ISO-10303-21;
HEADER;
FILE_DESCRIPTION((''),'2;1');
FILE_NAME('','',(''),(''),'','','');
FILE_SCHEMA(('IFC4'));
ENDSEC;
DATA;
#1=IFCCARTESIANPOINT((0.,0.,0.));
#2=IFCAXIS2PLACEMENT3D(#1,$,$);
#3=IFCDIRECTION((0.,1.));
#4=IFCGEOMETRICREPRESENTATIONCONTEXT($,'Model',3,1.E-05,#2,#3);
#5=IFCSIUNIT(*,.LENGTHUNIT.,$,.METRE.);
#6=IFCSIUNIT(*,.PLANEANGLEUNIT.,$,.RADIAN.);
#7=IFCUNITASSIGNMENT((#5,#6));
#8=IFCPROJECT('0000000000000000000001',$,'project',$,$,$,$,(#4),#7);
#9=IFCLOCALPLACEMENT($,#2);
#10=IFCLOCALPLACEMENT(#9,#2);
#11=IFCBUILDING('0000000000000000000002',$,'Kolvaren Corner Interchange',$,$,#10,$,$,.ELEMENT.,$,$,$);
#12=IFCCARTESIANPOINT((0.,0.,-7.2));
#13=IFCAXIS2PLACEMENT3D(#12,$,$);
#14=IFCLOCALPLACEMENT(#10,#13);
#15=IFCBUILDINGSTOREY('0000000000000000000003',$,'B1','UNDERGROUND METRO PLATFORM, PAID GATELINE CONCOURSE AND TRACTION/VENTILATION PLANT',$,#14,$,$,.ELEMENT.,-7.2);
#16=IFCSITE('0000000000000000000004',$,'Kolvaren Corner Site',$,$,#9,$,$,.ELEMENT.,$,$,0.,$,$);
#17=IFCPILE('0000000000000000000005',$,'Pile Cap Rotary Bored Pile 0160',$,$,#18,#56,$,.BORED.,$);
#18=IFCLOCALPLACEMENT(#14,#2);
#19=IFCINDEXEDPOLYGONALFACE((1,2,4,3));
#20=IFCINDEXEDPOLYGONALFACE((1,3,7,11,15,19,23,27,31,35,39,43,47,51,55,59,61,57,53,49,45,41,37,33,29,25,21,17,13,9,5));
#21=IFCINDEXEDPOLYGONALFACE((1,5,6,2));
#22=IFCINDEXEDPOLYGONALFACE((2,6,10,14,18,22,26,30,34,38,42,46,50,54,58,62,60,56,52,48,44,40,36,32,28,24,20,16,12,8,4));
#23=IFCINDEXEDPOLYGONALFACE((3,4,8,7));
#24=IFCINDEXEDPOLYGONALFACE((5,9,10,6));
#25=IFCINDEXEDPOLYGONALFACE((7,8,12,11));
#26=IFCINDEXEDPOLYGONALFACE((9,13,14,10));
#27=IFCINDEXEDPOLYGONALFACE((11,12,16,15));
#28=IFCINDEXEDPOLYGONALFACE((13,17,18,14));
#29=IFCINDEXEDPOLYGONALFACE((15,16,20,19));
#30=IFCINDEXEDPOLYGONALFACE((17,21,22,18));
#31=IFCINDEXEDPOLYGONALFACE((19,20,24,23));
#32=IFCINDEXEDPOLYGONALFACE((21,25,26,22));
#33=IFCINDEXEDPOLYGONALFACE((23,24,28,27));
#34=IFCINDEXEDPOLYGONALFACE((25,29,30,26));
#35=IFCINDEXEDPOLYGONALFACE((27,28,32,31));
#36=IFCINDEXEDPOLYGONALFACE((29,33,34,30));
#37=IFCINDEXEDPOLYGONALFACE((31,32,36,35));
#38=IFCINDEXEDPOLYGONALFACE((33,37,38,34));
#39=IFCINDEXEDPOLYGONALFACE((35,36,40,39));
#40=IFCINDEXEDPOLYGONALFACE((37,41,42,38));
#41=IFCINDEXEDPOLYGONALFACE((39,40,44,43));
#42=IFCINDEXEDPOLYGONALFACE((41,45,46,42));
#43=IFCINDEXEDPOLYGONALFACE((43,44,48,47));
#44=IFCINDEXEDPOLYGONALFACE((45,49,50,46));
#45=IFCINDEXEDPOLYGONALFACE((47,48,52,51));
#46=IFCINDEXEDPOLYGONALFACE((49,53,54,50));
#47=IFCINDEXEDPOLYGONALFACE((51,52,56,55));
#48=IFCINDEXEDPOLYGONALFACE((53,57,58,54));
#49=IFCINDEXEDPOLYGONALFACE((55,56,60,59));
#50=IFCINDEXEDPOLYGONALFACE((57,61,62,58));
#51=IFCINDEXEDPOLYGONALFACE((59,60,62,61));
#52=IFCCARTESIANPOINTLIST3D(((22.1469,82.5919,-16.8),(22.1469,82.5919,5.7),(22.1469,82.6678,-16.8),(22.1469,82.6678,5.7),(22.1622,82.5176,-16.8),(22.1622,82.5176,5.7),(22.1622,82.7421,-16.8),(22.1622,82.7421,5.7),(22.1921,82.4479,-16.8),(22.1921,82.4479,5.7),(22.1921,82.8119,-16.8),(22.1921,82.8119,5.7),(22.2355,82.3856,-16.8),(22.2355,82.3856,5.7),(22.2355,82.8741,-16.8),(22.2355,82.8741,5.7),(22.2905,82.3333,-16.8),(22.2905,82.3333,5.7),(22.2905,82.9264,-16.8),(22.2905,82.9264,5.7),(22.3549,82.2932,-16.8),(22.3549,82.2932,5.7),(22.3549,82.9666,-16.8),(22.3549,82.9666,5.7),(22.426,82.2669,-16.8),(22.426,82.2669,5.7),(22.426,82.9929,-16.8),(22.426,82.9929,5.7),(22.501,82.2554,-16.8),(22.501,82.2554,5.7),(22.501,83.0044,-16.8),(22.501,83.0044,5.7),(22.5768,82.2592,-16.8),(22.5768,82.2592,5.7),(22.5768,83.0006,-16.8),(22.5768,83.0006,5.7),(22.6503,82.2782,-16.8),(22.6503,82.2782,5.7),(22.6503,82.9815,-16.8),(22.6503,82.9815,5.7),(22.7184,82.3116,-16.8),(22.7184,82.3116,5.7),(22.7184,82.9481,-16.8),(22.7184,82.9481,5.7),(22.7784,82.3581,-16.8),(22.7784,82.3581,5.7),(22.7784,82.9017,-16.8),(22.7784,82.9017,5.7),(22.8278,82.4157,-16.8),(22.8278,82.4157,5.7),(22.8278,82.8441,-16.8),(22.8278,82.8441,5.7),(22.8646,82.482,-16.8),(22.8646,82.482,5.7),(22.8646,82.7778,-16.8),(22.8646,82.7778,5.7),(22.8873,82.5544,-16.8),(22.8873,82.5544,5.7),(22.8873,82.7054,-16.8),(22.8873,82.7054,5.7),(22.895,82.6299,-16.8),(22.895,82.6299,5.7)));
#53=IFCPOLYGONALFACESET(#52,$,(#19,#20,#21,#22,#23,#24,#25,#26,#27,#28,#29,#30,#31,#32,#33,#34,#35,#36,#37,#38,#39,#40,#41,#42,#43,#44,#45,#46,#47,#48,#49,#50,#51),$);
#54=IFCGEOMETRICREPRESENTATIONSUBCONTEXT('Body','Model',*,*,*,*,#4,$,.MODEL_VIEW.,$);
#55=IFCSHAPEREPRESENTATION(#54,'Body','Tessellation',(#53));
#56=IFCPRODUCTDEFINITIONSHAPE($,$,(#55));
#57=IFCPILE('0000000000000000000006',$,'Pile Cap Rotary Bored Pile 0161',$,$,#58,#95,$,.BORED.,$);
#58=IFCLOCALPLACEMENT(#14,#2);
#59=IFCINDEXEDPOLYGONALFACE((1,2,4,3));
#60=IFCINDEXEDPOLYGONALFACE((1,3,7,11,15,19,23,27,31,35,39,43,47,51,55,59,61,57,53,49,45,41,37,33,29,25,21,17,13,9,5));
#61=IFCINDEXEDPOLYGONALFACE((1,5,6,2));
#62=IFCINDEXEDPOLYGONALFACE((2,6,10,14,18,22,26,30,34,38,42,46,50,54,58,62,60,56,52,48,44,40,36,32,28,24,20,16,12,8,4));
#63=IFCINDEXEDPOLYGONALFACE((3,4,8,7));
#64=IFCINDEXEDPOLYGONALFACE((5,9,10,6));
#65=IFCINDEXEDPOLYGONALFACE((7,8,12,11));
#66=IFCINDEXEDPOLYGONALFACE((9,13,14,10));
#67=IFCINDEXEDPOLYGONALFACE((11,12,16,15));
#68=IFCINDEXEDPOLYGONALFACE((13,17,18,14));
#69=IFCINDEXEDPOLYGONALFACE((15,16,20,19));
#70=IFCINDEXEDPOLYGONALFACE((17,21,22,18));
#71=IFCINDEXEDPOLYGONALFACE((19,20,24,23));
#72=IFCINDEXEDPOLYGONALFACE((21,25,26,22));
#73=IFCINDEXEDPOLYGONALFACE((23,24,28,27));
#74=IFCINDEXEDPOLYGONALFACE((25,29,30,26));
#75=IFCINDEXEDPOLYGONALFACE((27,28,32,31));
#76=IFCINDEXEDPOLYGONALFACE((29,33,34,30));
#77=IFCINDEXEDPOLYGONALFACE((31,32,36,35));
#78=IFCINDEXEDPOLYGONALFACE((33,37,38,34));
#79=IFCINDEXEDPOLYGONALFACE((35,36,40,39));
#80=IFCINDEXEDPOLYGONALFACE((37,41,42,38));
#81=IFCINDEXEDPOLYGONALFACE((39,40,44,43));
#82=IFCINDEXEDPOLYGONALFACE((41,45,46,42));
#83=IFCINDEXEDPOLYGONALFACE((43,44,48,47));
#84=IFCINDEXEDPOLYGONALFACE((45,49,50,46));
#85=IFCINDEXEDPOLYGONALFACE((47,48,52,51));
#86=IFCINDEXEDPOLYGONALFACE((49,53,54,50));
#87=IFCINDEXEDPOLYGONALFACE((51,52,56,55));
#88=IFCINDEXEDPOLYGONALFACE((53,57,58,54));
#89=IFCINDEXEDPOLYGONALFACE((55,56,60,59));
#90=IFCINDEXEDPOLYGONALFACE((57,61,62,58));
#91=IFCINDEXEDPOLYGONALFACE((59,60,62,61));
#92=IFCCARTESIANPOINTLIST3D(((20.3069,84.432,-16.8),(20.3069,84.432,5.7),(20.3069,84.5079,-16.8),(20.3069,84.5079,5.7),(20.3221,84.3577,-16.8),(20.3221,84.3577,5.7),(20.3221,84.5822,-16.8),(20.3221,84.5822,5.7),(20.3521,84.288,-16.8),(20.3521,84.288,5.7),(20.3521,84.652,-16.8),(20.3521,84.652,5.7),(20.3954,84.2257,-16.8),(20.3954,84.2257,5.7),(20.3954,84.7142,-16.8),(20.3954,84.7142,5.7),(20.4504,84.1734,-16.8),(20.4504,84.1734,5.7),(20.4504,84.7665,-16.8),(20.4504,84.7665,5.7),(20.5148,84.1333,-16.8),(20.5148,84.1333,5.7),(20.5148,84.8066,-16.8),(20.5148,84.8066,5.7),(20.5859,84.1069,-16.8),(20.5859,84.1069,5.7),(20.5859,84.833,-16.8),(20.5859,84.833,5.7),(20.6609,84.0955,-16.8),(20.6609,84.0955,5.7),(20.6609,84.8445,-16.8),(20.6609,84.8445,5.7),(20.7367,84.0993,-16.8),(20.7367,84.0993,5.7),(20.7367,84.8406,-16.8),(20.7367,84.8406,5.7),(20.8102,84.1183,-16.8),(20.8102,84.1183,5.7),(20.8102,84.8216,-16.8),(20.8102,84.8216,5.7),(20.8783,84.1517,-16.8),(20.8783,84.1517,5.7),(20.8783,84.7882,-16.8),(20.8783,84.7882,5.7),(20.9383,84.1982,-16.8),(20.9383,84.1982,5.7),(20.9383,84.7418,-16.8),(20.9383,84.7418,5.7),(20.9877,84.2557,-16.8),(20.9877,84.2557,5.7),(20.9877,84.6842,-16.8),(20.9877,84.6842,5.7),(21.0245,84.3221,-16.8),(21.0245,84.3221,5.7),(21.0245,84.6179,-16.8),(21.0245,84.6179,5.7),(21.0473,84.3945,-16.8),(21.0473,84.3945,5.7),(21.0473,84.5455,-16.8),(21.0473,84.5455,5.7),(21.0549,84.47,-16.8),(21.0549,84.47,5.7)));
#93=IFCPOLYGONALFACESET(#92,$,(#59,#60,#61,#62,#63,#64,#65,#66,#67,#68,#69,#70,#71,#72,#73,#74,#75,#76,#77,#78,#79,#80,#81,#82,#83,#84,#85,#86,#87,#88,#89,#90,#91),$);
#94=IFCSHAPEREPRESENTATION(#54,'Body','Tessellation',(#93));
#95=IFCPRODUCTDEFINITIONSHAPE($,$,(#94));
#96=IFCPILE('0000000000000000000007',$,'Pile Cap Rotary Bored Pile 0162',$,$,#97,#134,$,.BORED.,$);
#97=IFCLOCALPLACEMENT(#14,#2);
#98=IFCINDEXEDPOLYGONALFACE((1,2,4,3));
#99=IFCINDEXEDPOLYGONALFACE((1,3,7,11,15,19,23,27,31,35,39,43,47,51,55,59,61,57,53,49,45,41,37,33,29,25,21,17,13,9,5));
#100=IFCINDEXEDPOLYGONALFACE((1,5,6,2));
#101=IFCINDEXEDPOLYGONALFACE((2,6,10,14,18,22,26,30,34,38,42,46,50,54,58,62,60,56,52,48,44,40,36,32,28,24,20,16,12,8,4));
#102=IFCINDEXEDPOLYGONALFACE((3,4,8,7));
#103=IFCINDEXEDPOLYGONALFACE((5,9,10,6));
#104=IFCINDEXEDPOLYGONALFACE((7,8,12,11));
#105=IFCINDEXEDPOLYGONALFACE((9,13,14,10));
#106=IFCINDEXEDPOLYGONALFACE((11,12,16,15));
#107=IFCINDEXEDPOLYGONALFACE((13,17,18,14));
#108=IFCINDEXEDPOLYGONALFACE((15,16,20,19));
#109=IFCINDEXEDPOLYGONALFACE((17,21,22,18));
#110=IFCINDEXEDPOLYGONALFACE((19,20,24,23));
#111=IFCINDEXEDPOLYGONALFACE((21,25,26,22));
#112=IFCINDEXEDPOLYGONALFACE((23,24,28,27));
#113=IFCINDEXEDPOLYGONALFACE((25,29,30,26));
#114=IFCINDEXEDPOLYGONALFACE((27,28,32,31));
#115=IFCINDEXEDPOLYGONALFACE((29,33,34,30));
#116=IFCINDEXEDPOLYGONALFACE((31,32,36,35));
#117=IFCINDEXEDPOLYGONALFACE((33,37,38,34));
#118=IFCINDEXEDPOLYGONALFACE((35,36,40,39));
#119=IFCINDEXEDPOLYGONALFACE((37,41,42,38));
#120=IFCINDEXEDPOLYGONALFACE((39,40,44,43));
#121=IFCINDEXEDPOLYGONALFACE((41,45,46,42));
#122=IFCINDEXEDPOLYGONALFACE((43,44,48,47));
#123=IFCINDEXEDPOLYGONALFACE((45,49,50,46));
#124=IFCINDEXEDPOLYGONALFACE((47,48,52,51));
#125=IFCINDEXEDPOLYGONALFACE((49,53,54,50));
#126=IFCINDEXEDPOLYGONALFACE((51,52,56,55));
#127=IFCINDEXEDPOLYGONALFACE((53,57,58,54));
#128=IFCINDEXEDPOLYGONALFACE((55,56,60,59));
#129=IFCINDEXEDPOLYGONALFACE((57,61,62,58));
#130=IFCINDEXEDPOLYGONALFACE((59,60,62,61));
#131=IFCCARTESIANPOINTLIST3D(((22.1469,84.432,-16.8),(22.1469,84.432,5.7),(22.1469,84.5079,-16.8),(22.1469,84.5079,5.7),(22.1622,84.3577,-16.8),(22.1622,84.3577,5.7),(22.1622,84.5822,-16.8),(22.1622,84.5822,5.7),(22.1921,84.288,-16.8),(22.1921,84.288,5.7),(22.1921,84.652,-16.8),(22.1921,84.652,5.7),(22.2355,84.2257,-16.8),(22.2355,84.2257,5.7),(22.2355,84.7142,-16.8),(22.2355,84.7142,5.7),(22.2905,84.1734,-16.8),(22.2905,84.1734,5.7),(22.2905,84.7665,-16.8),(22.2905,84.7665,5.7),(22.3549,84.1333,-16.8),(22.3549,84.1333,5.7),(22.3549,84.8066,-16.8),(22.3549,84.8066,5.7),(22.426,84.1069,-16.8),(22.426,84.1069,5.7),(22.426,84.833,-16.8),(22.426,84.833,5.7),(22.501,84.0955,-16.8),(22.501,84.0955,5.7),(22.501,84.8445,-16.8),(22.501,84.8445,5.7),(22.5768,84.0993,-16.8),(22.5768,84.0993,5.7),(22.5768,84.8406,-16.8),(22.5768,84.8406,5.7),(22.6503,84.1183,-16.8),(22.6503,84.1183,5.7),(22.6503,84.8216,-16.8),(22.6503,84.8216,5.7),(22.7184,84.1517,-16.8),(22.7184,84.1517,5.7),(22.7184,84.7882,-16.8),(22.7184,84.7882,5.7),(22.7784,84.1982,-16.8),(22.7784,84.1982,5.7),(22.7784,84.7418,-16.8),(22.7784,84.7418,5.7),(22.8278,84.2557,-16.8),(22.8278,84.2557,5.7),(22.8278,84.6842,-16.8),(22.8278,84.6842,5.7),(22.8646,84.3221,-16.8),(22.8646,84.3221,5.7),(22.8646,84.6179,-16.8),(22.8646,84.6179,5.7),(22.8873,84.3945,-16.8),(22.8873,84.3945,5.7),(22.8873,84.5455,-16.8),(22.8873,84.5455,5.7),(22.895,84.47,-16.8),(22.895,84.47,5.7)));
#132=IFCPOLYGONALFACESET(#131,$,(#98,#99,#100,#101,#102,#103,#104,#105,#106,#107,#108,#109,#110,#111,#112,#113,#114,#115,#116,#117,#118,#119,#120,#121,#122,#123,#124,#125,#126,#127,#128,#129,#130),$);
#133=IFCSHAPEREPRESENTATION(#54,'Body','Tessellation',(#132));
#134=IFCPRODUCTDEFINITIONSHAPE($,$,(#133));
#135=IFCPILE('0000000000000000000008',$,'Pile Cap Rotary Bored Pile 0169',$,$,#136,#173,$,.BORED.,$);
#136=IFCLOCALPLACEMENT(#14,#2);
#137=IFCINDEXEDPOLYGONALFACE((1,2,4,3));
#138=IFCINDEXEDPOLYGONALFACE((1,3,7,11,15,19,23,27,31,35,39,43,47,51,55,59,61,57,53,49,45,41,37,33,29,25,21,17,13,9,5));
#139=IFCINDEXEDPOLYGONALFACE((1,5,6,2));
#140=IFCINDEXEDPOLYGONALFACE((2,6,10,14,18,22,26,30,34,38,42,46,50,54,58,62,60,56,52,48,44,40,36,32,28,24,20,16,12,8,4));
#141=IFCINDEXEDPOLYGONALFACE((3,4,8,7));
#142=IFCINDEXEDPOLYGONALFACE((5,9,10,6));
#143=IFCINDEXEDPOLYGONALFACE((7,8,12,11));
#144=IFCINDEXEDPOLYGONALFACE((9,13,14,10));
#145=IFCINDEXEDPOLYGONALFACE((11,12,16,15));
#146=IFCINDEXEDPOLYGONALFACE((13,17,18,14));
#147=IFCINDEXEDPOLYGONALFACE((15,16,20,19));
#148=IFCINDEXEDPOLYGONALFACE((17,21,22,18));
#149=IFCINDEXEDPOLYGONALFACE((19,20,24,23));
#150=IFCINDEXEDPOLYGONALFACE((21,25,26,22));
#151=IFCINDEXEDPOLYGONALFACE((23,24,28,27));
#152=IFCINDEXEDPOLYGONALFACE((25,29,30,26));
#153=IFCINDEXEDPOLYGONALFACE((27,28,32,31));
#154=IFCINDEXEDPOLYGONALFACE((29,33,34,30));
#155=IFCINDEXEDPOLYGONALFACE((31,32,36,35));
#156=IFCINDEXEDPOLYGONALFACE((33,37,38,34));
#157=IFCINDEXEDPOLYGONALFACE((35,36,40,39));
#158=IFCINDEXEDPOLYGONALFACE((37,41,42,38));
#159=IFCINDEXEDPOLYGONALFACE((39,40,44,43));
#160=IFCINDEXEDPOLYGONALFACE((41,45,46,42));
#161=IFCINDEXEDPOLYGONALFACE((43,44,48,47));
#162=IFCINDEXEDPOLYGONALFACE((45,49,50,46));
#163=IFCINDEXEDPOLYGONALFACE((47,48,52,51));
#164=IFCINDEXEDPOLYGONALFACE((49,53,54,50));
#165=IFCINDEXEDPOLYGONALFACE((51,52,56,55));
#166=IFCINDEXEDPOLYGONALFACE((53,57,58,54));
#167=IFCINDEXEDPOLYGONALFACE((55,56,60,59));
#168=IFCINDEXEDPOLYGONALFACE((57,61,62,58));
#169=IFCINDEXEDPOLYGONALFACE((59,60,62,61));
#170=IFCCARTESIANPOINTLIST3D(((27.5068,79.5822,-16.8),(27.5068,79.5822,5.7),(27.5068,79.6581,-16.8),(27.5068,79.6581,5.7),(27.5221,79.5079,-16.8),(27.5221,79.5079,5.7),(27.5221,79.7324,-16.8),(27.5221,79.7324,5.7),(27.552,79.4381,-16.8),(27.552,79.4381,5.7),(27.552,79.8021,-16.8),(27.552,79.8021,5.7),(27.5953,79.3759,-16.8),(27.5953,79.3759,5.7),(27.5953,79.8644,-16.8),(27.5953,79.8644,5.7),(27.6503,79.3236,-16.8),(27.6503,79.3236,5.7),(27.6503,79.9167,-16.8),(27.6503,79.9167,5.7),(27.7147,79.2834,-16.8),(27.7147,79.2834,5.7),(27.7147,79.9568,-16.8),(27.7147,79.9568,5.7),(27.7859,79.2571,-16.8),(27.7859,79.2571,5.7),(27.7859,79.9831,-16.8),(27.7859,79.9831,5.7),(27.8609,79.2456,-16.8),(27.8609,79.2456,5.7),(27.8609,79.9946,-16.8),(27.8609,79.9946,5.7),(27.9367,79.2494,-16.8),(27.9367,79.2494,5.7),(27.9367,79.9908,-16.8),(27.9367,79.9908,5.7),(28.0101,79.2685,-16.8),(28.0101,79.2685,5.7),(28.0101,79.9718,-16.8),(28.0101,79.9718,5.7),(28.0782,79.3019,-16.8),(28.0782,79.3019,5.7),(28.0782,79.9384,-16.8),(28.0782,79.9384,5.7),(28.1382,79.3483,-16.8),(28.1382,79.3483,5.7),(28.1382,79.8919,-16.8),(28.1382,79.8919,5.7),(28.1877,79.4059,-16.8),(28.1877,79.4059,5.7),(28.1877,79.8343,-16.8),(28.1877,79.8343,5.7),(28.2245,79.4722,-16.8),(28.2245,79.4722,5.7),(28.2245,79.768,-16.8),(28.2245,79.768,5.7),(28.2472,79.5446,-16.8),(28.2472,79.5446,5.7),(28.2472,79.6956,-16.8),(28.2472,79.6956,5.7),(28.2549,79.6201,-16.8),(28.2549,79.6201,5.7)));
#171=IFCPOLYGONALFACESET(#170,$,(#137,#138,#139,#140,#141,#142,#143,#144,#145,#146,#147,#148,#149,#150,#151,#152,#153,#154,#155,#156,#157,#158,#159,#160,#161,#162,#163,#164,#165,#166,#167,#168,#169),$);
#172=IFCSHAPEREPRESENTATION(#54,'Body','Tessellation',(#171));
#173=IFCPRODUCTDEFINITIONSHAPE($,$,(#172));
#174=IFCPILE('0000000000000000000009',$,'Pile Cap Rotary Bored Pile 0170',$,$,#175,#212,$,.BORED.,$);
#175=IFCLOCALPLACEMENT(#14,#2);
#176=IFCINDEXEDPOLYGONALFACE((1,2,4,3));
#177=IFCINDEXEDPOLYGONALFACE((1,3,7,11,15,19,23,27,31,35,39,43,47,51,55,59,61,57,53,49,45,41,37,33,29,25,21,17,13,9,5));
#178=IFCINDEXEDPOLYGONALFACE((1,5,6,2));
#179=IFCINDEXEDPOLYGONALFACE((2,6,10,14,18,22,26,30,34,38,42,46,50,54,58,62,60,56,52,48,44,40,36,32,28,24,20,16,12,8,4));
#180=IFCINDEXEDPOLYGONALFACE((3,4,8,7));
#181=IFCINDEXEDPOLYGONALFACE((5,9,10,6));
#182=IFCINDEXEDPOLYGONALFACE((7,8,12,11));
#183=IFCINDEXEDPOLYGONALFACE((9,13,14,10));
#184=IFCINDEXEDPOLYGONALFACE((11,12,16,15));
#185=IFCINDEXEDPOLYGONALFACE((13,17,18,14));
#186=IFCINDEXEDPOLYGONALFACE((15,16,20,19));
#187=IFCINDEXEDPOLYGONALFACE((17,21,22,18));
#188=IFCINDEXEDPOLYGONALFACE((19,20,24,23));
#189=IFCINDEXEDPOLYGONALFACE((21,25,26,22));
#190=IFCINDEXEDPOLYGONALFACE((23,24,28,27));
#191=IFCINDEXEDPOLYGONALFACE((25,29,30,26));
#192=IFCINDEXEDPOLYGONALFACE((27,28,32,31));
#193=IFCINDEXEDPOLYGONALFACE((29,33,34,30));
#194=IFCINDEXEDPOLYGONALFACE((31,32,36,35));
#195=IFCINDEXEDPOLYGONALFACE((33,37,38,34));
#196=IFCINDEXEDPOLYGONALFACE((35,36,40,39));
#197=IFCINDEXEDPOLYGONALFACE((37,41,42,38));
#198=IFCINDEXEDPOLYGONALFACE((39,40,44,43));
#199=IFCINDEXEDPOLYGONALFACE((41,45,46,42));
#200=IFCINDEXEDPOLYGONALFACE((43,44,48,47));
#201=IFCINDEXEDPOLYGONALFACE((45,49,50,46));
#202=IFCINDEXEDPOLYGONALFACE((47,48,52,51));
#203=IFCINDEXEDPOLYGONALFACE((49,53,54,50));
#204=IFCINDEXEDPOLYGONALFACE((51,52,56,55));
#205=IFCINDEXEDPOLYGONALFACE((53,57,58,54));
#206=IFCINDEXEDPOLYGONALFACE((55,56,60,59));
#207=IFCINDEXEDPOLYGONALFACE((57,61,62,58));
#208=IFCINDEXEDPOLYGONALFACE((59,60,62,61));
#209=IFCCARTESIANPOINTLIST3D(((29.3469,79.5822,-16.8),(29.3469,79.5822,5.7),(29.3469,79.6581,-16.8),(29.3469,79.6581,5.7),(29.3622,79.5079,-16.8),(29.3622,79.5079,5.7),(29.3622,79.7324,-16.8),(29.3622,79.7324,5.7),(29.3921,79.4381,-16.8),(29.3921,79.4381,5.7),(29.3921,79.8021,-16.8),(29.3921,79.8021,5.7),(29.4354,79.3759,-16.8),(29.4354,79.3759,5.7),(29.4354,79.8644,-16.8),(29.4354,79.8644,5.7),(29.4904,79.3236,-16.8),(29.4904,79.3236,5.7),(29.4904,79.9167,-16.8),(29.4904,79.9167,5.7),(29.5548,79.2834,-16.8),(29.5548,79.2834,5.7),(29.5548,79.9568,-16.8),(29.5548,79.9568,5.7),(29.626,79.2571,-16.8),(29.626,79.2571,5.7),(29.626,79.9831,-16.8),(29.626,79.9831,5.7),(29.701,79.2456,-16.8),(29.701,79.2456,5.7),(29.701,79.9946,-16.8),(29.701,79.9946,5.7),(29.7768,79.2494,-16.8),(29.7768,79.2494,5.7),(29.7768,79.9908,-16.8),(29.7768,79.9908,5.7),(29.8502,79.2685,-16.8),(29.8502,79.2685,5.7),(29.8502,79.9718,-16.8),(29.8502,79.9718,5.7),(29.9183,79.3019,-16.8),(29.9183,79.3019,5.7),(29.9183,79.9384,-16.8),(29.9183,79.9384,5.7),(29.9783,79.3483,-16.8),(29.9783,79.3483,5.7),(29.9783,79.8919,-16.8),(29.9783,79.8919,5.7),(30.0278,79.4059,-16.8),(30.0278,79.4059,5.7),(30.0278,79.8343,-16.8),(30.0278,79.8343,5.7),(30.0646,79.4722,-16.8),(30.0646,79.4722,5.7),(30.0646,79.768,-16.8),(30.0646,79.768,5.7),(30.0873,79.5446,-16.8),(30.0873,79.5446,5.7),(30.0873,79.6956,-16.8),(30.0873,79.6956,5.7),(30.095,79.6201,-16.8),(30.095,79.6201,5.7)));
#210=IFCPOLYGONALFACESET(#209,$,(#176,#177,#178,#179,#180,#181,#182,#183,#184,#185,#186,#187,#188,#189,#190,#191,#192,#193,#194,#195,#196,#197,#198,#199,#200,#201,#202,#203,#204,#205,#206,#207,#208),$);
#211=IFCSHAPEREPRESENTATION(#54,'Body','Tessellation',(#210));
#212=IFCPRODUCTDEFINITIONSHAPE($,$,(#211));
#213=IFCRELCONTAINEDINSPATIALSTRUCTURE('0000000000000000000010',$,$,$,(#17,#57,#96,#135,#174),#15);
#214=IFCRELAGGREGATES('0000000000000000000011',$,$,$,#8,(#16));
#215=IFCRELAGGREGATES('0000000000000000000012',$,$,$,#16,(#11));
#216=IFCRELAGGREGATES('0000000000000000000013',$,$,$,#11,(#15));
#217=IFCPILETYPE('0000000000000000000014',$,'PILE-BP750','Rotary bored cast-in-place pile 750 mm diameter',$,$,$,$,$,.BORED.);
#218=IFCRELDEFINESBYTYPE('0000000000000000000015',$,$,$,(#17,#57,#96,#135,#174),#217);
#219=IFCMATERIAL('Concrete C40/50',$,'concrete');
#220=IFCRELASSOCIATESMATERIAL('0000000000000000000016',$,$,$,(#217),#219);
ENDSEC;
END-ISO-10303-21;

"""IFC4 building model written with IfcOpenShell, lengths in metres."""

from ifc_helpers import new_model, si_unit, direction, frame, origin, origin_2d, place, context, subcontext, project, spatial, circle, extrude, material, material_profile, profile_set, type_object, element, save


model = new_model("IFC4")

# Units and contexts
model_context = context("Model", 3, precision=1e-05, world=origin(), true_north=direction((0.0, 1.0)))
body_context = subcontext(model_context, "Body", "Model", "MODEL_VIEW")
ifc_project = project(units=[si_unit("LENGTHUNIT", "METRE"), si_unit("PLANEANGLEUNIT", "RADIAN")], contexts=[model_context])

# Site, building, storey
site_placement = place(None, origin())
site = spatial("IfcSite", under=ifc_project, at=site_placement, Name="Kolvaren Corner Site", CompositionType="ELEMENT", RefElevation=0.0)
building_placement = place(site_placement, origin())
building = spatial("IfcBuilding", under=site, at=building_placement, Name="Kolvaren Corner Interchange", CompositionType="ELEMENT")
storey_placement = place(building_placement, frame((0.0, 0.0, -7.2)))
storey = spatial("IfcBuildingStorey", under=building, at=storey_placement, Name="B1", Description="UNDERGROUND METRO PLATFORM, PAID GATELINE CONCOURSE AND TRACTION/VENTILATION PLANT", CompositionType="ELEMENT", Elevation=-7.2)

# Piles
ifc_material_1 = material(Name="Concrete C40/50", Category="concrete")
ifc_material_profile_1 = material_profile(ifc_material_1, circle(Radius=0.375, at=origin_2d()), Name="BORED PILE 750")
ifc_profile_set_1 = profile_set([ifc_material_profile_1], Name="Concrete C40/50")
pile_type_1 = type_object("IfcPileType", Name="PILE-BP750", Description="Rotary bored cast-in-place pile 750 mm diameter", PredefinedType="BORED", material=ifc_profile_set_1)
for number, where, z_axis, x_axis, name in (
    (1, (22.52, 82.6299, 5.7), (0.0, 0.0, -1.0), (1.0, 0.0, 0.0), "Pile Cap Rotary Bored Pile 0160"),
    (2, (20.6799, 84.47, 5.7), (0.0, 0.0, -1.0), (1.0, 0.0, 0.0), "Pile Cap Rotary Bored Pile 0161"),
    (3, (22.52, 84.47, 5.7), (0.0, 0.0, -1.0), (1.0, 0.0, 0.0), "Pile Cap Rotary Bored Pile 0162"),
    (4, (27.8799, 79.6201, 5.7), (0.0, 0.0, -1.0), (1.0, 0.0, 0.0), "Pile Cap Rotary Bored Pile 0169"),
    (5, (29.72, 79.6201, 5.7), (0.0, 0.0, -1.0), (1.0, 0.0, 0.0), "Pile Cap Rotary Bored Pile 0170"),
):
    element("IfcPile", number, at=place(storey_placement, frame(where, z_axis=z_axis, x_axis=x_axis)), inside=storey, type_object=pile_type_1, Name=name, PredefinedType="BORED", context=body_context, shape_type="SweptSolid", body=[
        extrude(circle(Radius=0.375, at=origin_2d()), origin(), (0.0, 0.0, 1.0), 22.5),
    ])

save(model, "model.ifc")
